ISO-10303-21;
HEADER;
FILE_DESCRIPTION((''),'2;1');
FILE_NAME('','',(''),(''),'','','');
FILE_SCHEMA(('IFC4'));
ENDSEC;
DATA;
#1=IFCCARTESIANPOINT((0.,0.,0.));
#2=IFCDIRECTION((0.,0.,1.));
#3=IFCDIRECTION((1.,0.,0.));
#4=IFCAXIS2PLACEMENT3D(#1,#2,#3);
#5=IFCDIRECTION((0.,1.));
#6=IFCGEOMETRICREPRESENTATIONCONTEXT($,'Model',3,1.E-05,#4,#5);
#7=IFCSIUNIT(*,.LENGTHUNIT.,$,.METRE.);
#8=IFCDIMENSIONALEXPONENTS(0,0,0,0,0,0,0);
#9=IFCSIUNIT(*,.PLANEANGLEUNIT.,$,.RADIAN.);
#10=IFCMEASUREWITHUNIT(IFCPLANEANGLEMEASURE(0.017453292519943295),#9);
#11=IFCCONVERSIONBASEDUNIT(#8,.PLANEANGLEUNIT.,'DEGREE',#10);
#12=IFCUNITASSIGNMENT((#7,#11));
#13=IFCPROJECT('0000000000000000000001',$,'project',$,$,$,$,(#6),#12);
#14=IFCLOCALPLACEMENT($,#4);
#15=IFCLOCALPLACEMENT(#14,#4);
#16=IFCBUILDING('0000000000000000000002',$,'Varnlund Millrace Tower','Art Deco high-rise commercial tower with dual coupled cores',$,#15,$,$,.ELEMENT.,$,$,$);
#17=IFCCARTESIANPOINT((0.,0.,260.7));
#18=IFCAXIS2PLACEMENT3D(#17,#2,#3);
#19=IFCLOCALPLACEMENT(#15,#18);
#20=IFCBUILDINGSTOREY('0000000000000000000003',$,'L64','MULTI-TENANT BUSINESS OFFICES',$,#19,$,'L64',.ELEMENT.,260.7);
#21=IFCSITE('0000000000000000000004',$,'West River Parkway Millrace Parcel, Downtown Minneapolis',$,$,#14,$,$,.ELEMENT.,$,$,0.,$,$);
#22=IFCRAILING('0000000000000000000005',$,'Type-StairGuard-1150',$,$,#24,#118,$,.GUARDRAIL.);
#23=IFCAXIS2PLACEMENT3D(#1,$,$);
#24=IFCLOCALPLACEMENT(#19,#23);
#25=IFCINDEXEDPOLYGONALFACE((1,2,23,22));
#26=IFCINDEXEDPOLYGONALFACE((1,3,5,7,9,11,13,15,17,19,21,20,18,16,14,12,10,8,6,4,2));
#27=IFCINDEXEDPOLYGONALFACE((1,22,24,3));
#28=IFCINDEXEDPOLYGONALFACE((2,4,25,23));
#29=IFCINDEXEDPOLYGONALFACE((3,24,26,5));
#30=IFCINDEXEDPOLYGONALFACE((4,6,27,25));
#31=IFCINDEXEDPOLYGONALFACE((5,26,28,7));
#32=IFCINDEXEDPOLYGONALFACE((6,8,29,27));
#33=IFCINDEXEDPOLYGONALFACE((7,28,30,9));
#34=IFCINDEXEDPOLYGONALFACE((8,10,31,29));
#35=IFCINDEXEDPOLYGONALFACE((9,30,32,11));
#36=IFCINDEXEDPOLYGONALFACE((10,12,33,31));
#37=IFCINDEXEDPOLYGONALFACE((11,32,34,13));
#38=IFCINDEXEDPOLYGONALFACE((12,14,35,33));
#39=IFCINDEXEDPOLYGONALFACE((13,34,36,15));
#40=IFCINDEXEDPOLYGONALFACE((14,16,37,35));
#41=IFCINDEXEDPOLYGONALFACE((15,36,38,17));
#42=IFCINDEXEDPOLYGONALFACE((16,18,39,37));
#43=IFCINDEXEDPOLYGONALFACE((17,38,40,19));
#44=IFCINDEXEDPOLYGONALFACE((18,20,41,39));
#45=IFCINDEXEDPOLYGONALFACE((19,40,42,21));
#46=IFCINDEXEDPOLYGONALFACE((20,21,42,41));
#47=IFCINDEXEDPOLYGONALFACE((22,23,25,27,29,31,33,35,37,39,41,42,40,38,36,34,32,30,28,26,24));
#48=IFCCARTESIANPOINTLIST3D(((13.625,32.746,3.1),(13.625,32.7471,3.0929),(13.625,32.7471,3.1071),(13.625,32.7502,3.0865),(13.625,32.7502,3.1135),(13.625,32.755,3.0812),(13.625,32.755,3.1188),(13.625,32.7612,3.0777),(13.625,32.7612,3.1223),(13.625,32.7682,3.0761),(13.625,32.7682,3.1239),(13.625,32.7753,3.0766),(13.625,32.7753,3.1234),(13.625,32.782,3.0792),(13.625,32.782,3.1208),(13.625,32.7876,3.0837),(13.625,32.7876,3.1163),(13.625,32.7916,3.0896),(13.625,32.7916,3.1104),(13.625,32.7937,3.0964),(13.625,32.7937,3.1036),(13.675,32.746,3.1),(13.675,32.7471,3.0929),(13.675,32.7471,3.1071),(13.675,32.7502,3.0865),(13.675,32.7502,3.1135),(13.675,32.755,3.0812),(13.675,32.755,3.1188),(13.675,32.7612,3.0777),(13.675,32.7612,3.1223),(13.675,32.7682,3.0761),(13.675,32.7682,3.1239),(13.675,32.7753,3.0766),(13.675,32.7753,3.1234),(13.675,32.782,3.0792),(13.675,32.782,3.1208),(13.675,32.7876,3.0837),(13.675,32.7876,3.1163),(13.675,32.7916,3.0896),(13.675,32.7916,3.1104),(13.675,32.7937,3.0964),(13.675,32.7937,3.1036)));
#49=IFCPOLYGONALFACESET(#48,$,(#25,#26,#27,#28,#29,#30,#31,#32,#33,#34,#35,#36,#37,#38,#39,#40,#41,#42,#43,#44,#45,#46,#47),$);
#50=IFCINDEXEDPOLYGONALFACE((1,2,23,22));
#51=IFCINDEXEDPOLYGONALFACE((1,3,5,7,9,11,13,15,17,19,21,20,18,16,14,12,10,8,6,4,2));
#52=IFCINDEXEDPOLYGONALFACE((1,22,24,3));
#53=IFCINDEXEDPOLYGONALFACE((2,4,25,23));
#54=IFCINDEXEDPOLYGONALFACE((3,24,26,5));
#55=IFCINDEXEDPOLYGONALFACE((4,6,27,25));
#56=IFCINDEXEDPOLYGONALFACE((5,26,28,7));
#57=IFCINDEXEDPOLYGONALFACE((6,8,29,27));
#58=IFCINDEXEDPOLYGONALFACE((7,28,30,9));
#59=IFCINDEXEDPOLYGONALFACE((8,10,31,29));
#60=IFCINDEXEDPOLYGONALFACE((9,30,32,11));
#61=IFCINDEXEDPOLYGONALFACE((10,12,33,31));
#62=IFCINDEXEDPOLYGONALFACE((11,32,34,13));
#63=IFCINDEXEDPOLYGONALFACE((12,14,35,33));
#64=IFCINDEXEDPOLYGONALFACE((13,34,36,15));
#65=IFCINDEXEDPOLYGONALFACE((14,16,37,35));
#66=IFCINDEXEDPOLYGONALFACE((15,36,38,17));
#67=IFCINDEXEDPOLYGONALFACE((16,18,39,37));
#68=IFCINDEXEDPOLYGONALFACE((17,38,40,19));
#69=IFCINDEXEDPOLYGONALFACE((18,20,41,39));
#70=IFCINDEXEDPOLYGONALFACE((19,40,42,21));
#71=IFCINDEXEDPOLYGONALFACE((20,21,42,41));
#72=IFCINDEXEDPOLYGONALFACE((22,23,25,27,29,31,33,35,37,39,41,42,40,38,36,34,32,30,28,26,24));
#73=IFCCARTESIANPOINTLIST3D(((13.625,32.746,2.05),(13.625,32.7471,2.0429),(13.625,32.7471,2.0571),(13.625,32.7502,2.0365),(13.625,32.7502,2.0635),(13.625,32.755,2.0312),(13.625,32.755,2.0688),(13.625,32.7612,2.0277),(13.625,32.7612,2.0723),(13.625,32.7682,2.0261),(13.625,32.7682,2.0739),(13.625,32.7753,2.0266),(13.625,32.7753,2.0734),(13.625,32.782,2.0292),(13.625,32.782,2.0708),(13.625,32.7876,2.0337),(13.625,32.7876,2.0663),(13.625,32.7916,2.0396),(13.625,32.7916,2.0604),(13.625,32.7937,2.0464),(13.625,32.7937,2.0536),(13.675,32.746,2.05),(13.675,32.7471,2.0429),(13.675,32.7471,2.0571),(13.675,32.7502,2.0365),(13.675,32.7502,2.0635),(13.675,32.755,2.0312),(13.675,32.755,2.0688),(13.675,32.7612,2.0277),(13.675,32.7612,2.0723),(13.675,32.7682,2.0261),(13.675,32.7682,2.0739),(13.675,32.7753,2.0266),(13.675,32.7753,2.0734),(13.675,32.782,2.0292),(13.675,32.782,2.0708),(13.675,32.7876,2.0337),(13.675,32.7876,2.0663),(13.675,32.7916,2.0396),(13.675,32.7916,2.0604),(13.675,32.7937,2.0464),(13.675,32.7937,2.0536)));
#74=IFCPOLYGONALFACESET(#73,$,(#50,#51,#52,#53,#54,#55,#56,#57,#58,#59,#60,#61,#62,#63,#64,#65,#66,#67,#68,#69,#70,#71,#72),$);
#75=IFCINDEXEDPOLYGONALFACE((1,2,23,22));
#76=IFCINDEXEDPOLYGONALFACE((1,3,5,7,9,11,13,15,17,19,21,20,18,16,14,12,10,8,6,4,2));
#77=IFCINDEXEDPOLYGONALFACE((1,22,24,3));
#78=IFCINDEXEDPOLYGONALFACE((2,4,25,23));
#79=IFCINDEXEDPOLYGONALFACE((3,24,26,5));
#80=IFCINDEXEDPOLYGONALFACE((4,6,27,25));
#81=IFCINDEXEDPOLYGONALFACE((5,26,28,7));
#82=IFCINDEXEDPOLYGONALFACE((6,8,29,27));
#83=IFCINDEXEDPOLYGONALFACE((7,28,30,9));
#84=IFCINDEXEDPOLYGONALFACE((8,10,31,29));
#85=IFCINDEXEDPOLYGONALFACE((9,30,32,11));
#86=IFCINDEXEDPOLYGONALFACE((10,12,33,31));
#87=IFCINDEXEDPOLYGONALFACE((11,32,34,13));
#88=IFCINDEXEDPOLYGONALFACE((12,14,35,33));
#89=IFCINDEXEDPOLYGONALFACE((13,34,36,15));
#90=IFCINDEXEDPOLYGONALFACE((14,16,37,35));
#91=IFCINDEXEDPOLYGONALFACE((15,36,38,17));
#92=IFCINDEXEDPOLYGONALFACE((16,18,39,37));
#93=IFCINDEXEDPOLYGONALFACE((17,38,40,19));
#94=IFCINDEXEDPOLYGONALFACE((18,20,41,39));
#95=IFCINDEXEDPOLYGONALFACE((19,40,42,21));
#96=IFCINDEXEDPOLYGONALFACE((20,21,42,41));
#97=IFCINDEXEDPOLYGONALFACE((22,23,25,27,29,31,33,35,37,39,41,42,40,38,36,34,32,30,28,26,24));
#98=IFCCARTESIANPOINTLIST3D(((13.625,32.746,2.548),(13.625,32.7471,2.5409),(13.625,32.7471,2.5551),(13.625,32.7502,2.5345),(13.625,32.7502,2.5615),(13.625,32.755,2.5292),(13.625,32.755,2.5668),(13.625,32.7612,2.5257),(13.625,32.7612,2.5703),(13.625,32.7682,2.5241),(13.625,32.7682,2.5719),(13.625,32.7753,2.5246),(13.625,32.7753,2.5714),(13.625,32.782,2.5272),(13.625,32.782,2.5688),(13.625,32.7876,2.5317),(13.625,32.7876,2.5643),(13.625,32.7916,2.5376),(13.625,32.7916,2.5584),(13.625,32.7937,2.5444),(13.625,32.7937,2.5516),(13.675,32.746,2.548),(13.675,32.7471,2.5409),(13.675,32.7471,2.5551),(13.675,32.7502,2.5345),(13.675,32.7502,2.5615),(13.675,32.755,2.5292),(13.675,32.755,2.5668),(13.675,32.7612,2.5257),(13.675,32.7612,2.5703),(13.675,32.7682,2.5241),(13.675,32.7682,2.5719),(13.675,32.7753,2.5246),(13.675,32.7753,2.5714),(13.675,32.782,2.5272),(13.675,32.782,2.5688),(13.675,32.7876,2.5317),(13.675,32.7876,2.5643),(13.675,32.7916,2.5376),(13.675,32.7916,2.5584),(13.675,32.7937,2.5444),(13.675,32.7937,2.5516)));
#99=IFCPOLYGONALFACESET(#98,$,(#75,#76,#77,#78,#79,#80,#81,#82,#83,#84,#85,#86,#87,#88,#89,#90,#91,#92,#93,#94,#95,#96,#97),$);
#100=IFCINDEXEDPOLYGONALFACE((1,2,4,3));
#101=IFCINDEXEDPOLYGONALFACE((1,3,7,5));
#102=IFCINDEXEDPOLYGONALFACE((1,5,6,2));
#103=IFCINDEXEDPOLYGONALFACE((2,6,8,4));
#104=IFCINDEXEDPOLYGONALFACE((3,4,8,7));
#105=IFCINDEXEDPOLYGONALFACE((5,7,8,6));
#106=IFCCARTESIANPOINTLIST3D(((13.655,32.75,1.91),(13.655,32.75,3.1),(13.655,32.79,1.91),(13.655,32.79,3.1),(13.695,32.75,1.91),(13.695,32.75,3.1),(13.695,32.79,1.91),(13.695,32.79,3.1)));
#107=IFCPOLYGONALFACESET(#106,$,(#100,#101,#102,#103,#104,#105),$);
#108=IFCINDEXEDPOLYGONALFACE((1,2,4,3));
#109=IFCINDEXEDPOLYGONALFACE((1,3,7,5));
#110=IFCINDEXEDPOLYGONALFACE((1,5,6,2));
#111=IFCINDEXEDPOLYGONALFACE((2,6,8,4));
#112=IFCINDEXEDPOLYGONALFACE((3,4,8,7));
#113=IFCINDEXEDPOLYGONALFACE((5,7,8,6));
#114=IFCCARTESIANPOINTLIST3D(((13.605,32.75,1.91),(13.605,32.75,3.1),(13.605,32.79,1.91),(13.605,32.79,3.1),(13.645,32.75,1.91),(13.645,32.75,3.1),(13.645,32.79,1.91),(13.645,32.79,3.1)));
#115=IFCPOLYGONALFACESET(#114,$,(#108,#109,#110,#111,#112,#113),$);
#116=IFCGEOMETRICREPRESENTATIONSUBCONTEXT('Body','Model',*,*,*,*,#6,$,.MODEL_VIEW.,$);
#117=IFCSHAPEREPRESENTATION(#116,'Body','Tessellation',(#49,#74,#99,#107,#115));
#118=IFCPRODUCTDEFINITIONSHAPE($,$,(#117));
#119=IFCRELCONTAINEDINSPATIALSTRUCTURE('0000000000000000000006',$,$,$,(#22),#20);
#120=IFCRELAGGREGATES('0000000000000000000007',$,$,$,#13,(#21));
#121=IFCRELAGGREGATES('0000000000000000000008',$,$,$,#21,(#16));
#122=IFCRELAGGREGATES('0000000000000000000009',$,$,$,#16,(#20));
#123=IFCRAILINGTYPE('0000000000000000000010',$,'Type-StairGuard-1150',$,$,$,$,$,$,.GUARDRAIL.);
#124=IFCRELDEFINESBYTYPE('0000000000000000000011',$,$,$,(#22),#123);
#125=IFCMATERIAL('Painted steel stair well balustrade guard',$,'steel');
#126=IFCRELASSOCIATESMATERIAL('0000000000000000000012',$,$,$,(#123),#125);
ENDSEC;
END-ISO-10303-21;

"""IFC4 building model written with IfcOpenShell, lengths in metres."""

from ifc_helpers import new_model, entity, si_unit, converted_unit, direction, frame, origin_with_axes, origin_2d_with_axis, place, context, subcontext, project, spatial, rectangle, circle, extrude, material, type_object, element, save


model = new_model("IFC4")

# Units and contexts
model_context = context("Model", 3, precision=1e-05, world=origin_with_axes(), true_north=direction((0.0, 1.0)))
body_context = subcontext(model_context, "Body", "Model", "MODEL_VIEW")
ifc_project = project(units=[si_unit("LENGTHUNIT", "METRE"), converted_unit("PLANEANGLEUNIT", "DEGREE", entity("IfcPlaneAngleMeasure", 0.017453292519943295), si_unit("PLANEANGLEUNIT", "RADIAN"), dimensions=[0, 0, 0, 0, 0, 0, 0])], contexts=[model_context])

# Site, building, storey
site_placement = place(None, origin_with_axes())
site = spatial("IfcSite", under=ifc_project, at=site_placement, Name="West River Parkway Millrace Parcel, Downtown Minneapolis", CompositionType="ELEMENT", RefElevation=0.0)
building_placement = place(site_placement, origin_with_axes())
building = spatial("IfcBuilding", under=site, at=building_placement, Name="Varnlund Millrace Tower", Description="Art Deco high-rise commercial tower with dual coupled cores", CompositionType="ELEMENT")
storey_placement = place(building_placement, frame((0.0, 0.0, 260.7), z_axis=(0.0, 0.0, 1.0), x_axis=(1.0, 0.0, 0.0)))
storey = spatial("IfcBuildingStorey", under=building, at=storey_placement, Name="L64", Description="MULTI-TENANT BUSINESS OFFICES", LongName="L64", CompositionType="ELEMENT", Elevation=260.7)

# Railing
ifc_material_1 = material(Name="Painted steel stair well balustrade guard", Category="steel")
railing_type_1 = type_object("IfcRailingType", Name="Type-StairGuard-1150", PredefinedType="GUARDRAIL", material=ifc_material_1)
railing_1_placement = place(storey_placement, frame((0.0, 0.0, -260.7), z_axis=(0.0, 0.0, 1.0), x_axis=(1.0, 0.0, 0.0)))
element("IfcRailing", 1, at=railing_1_placement, inside=storey, type_object=railing_type_1, Name="Type-StairGuard-1150", PredefinedType="GUARDRAIL", context=body_context, shape_type="SweptSolid", body=[
    extrude(circle(Radius=0.024, at=origin_2d_with_axis()), frame((13.675, 32.77, 263.8), z_axis=(-1.0, 0.0, 0.0), x_axis=(0.0, -1.0, 0.0)), (0.0, 0.0, 1.0), 0.05),
    extrude(circle(Radius=0.024, at=origin_2d_with_axis()), frame((13.675, 32.77, 262.75), z_axis=(-1.0, 0.0, 0.0), x_axis=(0.0, -1.0, 0.0)), (0.0, 0.0, 1.0), 0.05),
    extrude(circle(Radius=0.024, at=origin_2d_with_axis()), frame((13.675, 32.77, 263.248), z_axis=(-1.0, 0.0, 0.0), x_axis=(0.0, -1.0, 0.0)), (0.0, 0.0, 1.0), 0.05),
    extrude(rectangle(XDim=0.04, YDim=0.04, at=origin_2d_with_axis()), frame((13.675, 32.77, 262.61), z_axis=(0.0, 0.0, 1.0), x_axis=(1.0, 0.0, 0.0)), (0.0, 0.0, 1.0), 1.19),
    extrude(rectangle(XDim=0.04, YDim=0.04, at=origin_2d_with_axis()), frame((13.625, 32.77, 262.61), z_axis=(0.0, 0.0, 1.0), x_axis=(1.0, 0.0, 0.0)), (0.0, 0.0, 1.0), 1.19),
])

save(model, "model.ifc")
